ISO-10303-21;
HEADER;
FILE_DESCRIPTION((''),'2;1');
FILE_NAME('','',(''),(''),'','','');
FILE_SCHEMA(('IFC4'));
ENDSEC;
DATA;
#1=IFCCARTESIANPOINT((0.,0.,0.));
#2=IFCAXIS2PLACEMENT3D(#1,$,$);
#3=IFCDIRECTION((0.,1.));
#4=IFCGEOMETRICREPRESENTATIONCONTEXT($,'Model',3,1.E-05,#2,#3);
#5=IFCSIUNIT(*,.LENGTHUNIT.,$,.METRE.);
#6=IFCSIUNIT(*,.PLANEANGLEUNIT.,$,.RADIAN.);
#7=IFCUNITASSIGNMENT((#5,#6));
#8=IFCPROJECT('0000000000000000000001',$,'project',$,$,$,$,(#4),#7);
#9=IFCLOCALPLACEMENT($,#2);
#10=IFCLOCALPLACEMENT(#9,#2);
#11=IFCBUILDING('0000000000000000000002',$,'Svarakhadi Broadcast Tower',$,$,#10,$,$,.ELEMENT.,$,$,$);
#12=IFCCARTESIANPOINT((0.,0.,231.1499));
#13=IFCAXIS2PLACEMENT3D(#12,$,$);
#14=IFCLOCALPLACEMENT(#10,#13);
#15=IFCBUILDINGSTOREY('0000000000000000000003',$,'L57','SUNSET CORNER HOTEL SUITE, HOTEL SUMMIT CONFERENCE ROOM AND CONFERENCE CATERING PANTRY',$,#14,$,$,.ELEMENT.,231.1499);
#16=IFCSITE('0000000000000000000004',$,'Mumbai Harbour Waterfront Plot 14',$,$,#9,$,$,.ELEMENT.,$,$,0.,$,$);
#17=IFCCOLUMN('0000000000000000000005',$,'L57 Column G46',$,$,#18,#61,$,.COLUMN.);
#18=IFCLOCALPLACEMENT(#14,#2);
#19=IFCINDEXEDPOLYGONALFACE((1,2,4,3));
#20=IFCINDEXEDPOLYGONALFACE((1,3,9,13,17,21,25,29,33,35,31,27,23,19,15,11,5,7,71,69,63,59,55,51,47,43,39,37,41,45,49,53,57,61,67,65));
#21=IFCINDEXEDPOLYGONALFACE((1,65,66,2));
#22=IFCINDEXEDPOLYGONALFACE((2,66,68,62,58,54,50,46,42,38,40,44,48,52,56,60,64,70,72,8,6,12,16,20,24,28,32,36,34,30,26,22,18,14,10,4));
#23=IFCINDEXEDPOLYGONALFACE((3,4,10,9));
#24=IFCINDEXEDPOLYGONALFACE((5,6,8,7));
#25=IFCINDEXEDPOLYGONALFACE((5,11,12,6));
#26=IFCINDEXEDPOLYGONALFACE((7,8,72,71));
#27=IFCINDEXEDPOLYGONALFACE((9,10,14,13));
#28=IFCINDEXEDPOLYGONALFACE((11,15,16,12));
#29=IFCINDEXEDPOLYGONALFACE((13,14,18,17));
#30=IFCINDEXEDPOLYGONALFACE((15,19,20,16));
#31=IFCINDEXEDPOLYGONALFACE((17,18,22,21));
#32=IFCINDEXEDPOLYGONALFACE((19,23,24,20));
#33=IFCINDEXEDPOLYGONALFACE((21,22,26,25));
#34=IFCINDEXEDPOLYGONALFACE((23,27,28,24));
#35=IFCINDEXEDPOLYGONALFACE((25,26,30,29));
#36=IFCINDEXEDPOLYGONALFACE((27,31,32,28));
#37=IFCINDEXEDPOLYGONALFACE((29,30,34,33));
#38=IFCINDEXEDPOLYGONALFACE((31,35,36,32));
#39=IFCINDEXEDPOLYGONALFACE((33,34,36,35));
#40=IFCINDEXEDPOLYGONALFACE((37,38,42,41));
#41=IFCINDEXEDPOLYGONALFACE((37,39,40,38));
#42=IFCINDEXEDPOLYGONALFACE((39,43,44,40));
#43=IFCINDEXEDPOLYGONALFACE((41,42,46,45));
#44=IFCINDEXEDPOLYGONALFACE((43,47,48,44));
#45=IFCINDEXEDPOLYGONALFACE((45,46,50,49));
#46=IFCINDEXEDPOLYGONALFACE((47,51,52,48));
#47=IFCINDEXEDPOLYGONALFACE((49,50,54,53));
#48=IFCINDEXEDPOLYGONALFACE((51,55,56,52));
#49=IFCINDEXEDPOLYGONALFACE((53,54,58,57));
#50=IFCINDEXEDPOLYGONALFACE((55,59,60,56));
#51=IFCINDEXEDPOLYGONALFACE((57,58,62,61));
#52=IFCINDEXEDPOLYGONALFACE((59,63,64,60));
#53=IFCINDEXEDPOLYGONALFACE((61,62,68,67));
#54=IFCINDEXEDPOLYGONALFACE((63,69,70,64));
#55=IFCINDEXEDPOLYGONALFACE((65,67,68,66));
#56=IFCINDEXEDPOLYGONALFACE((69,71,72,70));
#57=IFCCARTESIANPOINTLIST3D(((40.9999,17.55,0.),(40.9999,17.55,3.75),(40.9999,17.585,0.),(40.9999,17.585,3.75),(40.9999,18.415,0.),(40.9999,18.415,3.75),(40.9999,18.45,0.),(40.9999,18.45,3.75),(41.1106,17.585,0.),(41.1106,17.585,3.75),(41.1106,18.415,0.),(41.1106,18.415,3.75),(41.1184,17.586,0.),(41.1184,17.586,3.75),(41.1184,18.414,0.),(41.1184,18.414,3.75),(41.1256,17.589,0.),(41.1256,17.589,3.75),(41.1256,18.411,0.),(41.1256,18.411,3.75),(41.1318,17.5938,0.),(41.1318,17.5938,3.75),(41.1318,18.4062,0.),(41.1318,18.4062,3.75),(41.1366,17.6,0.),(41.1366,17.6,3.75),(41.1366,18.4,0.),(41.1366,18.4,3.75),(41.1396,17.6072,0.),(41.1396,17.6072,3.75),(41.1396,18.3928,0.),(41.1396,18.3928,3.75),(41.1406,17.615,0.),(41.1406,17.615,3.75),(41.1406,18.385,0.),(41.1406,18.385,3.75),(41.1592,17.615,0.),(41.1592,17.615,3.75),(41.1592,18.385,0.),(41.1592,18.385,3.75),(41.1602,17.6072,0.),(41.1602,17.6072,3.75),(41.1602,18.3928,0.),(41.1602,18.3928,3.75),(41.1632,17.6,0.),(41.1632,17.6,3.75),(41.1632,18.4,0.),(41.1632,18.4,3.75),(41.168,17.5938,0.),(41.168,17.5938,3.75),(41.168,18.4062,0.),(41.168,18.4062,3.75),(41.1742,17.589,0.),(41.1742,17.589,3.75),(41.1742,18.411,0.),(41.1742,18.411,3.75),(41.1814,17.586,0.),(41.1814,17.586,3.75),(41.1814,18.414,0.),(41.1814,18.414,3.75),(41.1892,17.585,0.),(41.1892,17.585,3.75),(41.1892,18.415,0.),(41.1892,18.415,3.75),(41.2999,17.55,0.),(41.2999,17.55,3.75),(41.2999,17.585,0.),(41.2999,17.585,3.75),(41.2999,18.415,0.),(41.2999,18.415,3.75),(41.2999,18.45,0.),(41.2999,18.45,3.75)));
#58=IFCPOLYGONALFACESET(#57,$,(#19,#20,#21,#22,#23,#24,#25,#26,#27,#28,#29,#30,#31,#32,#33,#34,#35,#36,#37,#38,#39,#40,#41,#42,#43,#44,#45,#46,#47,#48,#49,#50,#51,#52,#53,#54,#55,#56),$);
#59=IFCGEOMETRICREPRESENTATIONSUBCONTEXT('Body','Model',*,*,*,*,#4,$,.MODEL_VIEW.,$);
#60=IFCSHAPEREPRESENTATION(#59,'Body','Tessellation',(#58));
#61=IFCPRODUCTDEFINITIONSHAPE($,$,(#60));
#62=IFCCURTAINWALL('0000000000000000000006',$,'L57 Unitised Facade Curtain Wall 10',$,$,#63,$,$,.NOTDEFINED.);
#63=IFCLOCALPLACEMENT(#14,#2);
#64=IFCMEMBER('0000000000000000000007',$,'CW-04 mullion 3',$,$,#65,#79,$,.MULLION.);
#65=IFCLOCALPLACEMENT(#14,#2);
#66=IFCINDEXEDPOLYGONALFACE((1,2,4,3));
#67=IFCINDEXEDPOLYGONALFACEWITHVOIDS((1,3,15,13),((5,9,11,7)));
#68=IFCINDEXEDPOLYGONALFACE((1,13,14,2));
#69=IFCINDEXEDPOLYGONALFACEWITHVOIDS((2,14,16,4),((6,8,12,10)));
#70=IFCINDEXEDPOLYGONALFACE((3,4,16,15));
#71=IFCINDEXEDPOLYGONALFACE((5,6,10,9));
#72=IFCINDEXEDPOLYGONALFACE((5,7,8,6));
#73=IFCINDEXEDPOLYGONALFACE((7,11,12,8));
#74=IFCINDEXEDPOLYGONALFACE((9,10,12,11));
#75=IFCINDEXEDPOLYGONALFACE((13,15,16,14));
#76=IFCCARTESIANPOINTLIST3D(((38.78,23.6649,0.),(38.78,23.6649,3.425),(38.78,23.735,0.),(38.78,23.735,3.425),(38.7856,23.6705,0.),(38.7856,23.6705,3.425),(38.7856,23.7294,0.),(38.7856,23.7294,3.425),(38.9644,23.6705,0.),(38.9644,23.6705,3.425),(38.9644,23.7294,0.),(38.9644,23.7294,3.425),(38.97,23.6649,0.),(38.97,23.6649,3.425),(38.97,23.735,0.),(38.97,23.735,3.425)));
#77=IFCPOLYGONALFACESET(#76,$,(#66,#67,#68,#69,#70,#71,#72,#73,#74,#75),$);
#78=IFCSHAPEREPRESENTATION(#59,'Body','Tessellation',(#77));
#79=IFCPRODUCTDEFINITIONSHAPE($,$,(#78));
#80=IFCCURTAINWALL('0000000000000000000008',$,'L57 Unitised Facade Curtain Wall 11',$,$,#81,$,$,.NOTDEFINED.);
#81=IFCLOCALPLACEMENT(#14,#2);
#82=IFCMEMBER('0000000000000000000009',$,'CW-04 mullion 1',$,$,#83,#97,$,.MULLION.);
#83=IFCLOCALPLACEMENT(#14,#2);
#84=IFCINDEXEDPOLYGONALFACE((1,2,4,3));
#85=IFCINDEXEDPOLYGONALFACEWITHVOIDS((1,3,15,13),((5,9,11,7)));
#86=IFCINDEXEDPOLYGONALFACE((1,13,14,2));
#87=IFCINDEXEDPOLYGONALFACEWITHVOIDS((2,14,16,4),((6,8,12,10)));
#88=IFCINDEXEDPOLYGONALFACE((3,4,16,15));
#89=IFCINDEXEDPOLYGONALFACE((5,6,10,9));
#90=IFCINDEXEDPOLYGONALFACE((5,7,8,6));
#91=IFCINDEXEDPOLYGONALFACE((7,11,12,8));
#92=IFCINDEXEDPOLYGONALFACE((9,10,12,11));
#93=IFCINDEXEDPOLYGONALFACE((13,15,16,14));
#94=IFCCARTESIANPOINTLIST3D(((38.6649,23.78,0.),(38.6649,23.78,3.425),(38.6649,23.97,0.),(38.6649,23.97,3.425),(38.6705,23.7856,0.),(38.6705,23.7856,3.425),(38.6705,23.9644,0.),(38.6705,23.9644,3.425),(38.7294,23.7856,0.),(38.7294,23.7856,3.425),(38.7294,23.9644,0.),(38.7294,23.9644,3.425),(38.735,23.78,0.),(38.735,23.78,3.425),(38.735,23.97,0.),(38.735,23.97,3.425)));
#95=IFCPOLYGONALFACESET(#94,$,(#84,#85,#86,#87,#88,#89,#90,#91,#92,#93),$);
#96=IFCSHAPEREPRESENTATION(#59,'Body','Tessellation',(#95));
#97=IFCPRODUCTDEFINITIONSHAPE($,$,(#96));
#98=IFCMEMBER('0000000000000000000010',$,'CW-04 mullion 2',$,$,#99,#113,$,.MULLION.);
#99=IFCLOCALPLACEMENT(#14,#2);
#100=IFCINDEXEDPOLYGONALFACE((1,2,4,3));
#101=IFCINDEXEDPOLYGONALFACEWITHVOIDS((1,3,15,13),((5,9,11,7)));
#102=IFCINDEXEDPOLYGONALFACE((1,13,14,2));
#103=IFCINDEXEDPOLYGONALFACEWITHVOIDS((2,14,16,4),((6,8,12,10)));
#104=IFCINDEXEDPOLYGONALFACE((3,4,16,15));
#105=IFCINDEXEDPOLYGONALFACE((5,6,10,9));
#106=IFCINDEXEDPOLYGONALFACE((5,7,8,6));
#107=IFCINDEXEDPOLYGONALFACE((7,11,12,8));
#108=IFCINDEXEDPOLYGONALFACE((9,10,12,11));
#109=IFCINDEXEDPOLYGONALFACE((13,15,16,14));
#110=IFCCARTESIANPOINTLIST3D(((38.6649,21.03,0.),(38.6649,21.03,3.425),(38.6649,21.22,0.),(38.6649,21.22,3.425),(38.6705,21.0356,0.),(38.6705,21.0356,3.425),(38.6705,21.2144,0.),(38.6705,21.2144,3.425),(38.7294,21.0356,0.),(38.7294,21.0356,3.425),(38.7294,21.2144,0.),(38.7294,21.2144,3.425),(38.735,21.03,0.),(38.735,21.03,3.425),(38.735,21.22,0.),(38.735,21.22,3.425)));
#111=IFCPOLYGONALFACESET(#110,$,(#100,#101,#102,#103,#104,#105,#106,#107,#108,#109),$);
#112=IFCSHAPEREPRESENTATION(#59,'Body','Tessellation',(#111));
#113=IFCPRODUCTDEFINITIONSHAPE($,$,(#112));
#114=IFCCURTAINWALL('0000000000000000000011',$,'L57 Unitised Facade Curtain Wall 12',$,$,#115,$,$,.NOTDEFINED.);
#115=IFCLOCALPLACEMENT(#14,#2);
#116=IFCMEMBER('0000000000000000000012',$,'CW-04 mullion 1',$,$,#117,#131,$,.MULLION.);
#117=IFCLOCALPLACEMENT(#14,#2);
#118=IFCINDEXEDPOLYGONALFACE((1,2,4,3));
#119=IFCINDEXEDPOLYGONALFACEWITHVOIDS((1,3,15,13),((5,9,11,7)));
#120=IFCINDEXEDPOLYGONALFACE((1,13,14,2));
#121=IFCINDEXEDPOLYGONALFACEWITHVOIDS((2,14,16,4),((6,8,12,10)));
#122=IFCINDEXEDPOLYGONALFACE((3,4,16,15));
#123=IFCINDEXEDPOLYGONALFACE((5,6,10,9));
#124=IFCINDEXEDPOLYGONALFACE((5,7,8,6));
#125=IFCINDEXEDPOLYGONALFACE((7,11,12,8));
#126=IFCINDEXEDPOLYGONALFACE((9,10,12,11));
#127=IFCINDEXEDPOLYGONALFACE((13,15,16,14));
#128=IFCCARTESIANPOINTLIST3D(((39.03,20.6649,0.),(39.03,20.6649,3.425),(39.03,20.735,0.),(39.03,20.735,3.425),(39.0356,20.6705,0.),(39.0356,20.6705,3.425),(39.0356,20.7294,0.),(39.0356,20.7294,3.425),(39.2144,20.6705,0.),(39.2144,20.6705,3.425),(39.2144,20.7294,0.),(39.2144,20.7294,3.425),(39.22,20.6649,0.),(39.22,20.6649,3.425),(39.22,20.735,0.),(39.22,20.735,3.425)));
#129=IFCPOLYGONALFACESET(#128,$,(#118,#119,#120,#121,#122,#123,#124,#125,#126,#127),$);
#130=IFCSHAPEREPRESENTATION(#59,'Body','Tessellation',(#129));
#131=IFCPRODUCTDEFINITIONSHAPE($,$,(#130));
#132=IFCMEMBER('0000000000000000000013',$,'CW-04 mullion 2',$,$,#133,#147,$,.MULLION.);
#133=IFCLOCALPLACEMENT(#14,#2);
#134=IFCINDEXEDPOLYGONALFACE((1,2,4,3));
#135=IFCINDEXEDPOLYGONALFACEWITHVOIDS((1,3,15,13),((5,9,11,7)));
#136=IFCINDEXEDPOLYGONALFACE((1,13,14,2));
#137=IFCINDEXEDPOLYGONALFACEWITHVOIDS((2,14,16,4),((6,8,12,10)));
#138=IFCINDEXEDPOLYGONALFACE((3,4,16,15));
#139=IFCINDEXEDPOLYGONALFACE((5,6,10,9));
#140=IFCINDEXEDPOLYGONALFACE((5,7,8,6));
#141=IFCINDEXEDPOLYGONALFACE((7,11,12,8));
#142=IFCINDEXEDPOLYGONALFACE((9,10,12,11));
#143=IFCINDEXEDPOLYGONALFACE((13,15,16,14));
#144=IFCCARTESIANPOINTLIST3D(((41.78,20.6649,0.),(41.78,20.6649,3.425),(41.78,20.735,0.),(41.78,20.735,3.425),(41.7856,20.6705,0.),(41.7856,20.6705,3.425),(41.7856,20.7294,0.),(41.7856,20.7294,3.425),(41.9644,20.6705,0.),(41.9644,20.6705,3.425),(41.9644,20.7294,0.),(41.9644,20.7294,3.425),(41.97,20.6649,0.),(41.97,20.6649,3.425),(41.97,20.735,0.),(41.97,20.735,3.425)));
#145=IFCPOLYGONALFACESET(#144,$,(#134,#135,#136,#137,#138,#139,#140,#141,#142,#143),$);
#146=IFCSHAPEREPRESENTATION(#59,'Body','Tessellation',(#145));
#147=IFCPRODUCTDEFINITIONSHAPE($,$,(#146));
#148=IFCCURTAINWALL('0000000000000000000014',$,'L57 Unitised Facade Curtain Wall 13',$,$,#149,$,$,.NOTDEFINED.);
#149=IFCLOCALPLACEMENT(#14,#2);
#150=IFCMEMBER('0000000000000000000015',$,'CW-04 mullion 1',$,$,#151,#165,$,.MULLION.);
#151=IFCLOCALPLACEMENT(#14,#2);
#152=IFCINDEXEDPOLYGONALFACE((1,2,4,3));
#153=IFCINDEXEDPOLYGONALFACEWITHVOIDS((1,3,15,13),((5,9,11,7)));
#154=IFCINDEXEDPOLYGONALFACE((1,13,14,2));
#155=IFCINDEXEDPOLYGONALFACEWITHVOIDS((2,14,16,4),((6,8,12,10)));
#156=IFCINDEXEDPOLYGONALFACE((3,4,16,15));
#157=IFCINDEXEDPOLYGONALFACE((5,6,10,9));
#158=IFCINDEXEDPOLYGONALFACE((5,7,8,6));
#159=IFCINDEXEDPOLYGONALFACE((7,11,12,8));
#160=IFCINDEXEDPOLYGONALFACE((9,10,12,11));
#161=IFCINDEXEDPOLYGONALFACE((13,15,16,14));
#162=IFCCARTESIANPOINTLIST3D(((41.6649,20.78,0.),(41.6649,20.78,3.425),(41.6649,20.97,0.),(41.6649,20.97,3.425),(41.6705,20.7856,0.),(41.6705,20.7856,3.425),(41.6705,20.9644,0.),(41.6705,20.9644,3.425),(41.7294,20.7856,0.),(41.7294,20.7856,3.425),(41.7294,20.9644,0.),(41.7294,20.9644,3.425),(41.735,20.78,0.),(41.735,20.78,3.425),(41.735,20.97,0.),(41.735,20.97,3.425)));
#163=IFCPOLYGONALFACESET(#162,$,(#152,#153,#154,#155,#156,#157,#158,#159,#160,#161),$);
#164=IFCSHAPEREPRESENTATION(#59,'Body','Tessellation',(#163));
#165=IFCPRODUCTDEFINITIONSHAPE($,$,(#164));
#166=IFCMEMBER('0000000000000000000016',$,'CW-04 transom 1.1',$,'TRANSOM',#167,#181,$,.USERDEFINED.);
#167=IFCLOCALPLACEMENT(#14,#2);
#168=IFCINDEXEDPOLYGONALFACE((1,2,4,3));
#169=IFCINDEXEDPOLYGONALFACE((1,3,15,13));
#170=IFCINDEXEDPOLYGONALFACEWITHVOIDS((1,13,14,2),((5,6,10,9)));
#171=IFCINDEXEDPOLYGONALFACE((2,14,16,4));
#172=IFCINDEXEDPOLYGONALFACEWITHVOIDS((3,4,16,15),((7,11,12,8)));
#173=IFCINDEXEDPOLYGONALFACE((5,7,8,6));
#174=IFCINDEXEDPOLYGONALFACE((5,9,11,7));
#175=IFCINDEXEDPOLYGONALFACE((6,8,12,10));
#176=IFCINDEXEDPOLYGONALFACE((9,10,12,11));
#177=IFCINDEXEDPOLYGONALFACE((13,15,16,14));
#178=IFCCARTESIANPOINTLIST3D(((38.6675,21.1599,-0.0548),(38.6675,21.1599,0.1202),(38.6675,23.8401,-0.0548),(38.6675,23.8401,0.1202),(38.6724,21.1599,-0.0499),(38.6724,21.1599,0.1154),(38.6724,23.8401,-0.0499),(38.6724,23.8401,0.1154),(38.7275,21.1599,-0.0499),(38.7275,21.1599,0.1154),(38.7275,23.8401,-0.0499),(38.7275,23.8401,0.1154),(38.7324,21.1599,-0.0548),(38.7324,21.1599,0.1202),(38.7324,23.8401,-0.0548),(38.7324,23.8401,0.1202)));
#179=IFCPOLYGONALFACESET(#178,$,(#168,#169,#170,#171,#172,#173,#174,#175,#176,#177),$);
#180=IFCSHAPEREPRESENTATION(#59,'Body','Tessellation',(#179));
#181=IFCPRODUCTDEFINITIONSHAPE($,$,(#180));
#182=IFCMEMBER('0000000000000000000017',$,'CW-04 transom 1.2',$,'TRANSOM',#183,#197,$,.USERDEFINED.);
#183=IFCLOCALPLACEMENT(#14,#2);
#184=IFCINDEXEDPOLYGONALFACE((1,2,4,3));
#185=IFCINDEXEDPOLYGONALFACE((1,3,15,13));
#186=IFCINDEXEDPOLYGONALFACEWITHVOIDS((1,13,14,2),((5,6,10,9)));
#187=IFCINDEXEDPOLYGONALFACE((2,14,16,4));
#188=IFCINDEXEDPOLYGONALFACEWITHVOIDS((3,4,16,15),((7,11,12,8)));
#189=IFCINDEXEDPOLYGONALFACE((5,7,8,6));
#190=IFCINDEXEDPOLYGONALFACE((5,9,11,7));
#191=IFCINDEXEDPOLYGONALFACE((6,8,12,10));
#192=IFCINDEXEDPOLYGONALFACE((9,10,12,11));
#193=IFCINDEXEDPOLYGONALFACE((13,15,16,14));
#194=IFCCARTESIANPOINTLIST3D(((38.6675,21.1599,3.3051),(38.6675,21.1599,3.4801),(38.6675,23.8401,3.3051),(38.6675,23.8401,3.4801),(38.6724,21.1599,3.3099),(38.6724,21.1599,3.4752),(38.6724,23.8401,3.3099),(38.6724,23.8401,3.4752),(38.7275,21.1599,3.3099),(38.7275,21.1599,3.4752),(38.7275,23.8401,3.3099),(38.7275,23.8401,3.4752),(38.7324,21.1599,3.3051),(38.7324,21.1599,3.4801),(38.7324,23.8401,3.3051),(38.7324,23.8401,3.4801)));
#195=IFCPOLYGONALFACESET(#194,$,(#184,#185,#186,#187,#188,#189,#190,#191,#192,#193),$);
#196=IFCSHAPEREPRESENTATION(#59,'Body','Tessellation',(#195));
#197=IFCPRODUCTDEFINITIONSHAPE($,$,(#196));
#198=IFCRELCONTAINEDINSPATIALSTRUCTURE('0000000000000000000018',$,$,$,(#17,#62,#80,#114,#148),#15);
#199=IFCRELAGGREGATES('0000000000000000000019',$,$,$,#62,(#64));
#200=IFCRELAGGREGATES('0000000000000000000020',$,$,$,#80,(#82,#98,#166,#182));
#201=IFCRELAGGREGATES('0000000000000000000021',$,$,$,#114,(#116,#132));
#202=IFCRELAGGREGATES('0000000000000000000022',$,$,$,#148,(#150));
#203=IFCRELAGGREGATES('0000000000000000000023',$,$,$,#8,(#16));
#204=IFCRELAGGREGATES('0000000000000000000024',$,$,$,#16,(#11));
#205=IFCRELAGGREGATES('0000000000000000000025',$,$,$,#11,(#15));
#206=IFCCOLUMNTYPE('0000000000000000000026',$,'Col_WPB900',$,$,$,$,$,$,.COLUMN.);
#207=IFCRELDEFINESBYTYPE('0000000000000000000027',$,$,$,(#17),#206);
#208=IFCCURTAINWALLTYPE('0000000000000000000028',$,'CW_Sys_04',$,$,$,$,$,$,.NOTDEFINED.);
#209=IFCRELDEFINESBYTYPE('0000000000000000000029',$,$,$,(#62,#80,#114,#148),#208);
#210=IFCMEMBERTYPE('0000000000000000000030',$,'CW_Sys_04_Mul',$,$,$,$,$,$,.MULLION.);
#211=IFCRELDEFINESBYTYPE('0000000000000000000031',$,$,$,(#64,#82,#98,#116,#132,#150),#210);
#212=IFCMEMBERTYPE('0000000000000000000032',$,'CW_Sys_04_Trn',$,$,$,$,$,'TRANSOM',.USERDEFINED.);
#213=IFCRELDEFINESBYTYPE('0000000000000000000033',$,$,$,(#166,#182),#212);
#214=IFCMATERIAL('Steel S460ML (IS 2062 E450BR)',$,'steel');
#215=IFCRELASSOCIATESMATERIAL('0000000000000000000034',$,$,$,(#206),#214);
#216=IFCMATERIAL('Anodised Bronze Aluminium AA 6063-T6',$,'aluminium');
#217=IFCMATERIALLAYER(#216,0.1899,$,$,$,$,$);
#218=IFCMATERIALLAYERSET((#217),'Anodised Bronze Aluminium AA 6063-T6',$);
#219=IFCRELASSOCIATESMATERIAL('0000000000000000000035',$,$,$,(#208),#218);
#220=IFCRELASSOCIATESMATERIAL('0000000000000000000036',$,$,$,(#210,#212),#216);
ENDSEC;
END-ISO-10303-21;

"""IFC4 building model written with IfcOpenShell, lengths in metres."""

from ifc_helpers import new_model, si_unit, direction, frame, origin, origin_2d, place, context, subcontext, project, spatial, hollow_rectangle, i_section, extrude, material, layer, layer_set, material_profile, profile_set, type_object, element, aggregate, save


model = new_model("IFC4")

# Units and contexts
model_context = context("Model", 3, precision=1e-05, world=origin(), true_north=direction((0.0, 1.0)))
body_context = subcontext(model_context, "Body", "Model", "MODEL_VIEW")
ifc_project = project(units=[si_unit("LENGTHUNIT", "METRE"), si_unit("PLANEANGLEUNIT", "RADIAN")], contexts=[model_context])

# Site, building, storey
site_placement = place(None, origin())
site = spatial("IfcSite", under=ifc_project, at=site_placement, Name="Mumbai Harbour Waterfront Plot 14", CompositionType="ELEMENT", RefElevation=0.0)
building_placement = place(site_placement, origin())
building = spatial("IfcBuilding", under=site, at=building_placement, Name="Svarakhadi Broadcast Tower", CompositionType="ELEMENT")
storey_placement = place(building_placement, frame((0.0, 0.0, 231.1499)))
storey = spatial("IfcBuildingStorey", under=building, at=storey_placement, Name="L57", Description="SUNSET CORNER HOTEL SUITE, HOTEL SUMMIT CONFERENCE ROOM AND CONFERENCE CATERING PANTRY", CompositionType="ELEMENT", Elevation=231.1499)

# Column
ifc_material_1 = material(Name="Steel S460ML (IS 2062 E450BR)", Category="steel")
ifc_material_profile_1 = material_profile(ifc_material_1, i_section(OverallWidth=0.3, OverallDepth=0.8999, WebThickness=0.0186, FlangeThickness=0.0349, FilletRadius=0.03, at=origin_2d()), Name="WPB 900x300x291")
ifc_profile_set_1 = profile_set([ifc_material_profile_1], Name="Steel S460ML (IS 2062 E450BR)")
column_type = type_object("IfcColumnType", Name="Col_WPB900", PredefinedType="COLUMN", material=ifc_profile_set_1)
column_placement = place(storey_placement, frame((41.1499, 18.0, 0.0), z_axis=(0.0, 0.0, 1.0), x_axis=(1.0, 0.0, 0.0)))
element("IfcColumn", 1, at=column_placement, inside=storey, type_object=column_type, Name="L57 Column G46", PredefinedType="COLUMN", context=body_context, shape_type="SweptSolid", body=[
    extrude(i_section(OverallWidth=0.3, OverallDepth=0.8999, WebThickness=0.0186, FlangeThickness=0.0349, FilletRadius=0.03, at=origin_2d()), origin(), (0.0, 0.0, 1.0), 3.75),
])

# Curtain wall, member
ifc_material_2 = material(Name="Anodised Bronze Aluminium AA 6063-T6", Category="aluminium")
ifc_layer_1 = layer(ifc_material_2, 0.1899)
ifc_layer_set_1 = layer_set([ifc_layer_1], Name="Anodised Bronze Aluminium AA 6063-T6")
curtain_wall_type = type_object("IfcCurtainWallType", Name="CW_Sys_04", PredefinedType="NOTDEFINED", material=ifc_layer_set_1)
curtain_wall_1_placement = place(storey_placement, origin())
curtain_wall_1 = element("IfcCurtainWall", 2, at=curtain_wall_1_placement, inside=storey, type_object=curtain_wall_type, Name="L57 Unitised Facade Curtain Wall 10", PredefinedType="NOTDEFINED")
ifc_material_profile_2 = material_profile(ifc_material_2, hollow_rectangle(XDim=0.0701, YDim=0.1899, WallThickness=0.0056, at=origin_2d()), Name="ALU MULLION 190x70x6")
ifc_profile_set_2 = profile_set([ifc_material_profile_2], Name="Anodised Bronze Aluminium AA 6063-T6")
member_type_1 = type_object("IfcMemberType", Name="CW_Sys_04_Mul", PredefinedType="MULLION", material=ifc_profile_set_2)
member_1_placement = place(storey_placement, frame((38.875, 23.7, 0.0), z_axis=(0.0, 0.0, 1.0), x_axis=(0.0, 1.0, 0.0)))
member_1 = element("IfcMember", 3, at=member_1_placement, type_object=member_type_1, Name="CW-04 mullion 3", PredefinedType="MULLION", context=body_context, shape_type="SweptSolid", body=[
    extrude(hollow_rectangle(XDim=0.0701, YDim=0.1899, WallThickness=0.0056, at=origin_2d()), origin(), (0.0, 0.0, 1.0), 3.425),
])
aggregate(curtain_wall_1, [member_1])

# Curtain walls, members
curtain_wall_2_placement = place(storey_placement, origin())
curtain_wall_2 = element("IfcCurtainWall", 4, at=curtain_wall_2_placement, inside=storey, type_object=curtain_wall_type, Name="L57 Unitised Facade Curtain Wall 11", PredefinedType="NOTDEFINED")
member_2_placement = place(storey_placement, frame((38.7, 23.875, 0.0), z_axis=(0.0, 0.0, 1.0), x_axis=(1.0, 0.0, 0.0)))
member_2 = element("IfcMember", 5, at=member_2_placement, type_object=member_type_1, Name="CW-04 mullion 1", PredefinedType="MULLION", context=body_context, shape_type="SweptSolid", body=[
    extrude(hollow_rectangle(XDim=0.0701, YDim=0.1899, WallThickness=0.0056, at=origin_2d()), origin(), (0.0, 0.0, 1.0), 3.425),
])
member_3_placement = place(storey_placement, frame((38.7, 21.125, 0.0), z_axis=(0.0, 0.0, 1.0), x_axis=(1.0, 0.0, 0.0)))
member_3 = element("IfcMember", 6, at=member_3_placement, type_object=member_type_1, Name="CW-04 mullion 2", PredefinedType="MULLION", context=body_context, shape_type="SweptSolid", body=[
    extrude(hollow_rectangle(XDim=0.0701, YDim=0.1899, WallThickness=0.0056, at=origin_2d()), origin(), (0.0, 0.0, 1.0), 3.425),
])
curtain_wall_3_placement = place(storey_placement, origin())
curtain_wall_3 = element("IfcCurtainWall", 7, at=curtain_wall_3_placement, inside=storey, type_object=curtain_wall_type, Name="L57 Unitised Facade Curtain Wall 12", PredefinedType="NOTDEFINED")
member_4_placement = place(storey_placement, frame((39.125, 20.7, 0.0), z_axis=(0.0, 0.0, 1.0), x_axis=(0.0, 1.0, 0.0)))
member_4 = element("IfcMember", 8, at=member_4_placement, type_object=member_type_1, Name="CW-04 mullion 1", PredefinedType="MULLION", context=body_context, shape_type="SweptSolid", body=[
    extrude(hollow_rectangle(XDim=0.0701, YDim=0.1899, WallThickness=0.0056, at=origin_2d()), origin(), (0.0, 0.0, 1.0), 3.425),
])
member_5_placement = place(storey_placement, frame((41.875, 20.7, 0.0), z_axis=(0.0, 0.0, 1.0), x_axis=(0.0, 1.0, 0.0)))
member_5 = element("IfcMember", 9, at=member_5_placement, type_object=member_type_1, Name="CW-04 mullion 2", PredefinedType="MULLION", context=body_context, shape_type="SweptSolid", body=[
    extrude(hollow_rectangle(XDim=0.0701, YDim=0.1899, WallThickness=0.0056, at=origin_2d()), origin(), (0.0, 0.0, 1.0), 3.425),
])

# Curtain wall, member
curtain_wall_4_placement = place(storey_placement, origin())
curtain_wall_4 = element("IfcCurtainWall", 10, at=curtain_wall_4_placement, inside=storey, type_object=curtain_wall_type, Name="L57 Unitised Facade Curtain Wall 13", PredefinedType="NOTDEFINED")
member_6_placement = place(storey_placement, frame((41.7, 20.875, 0.0), z_axis=(0.0, 0.0, 1.0), x_axis=(1.0, 0.0, 0.0)))
member_6 = element("IfcMember", 11, at=member_6_placement, type_object=member_type_1, Name="CW-04 mullion 1", PredefinedType="MULLION", context=body_context, shape_type="SweptSolid", body=[
    extrude(hollow_rectangle(XDim=0.0701, YDim=0.1899, WallThickness=0.0056, at=origin_2d()), origin(), (0.0, 0.0, 1.0), 3.425),
])

# Members
ifc_material_profile_3 = material_profile(ifc_material_2, hollow_rectangle(XDim=0.0649, YDim=0.175, WallThickness=0.0049, at=origin_2d()), Name="ALU TRANSOM 175x65x5")
ifc_profile_set_3 = profile_set([ifc_material_profile_3], Name="Anodised Bronze Aluminium AA 6063-T6")
member_type_2 = type_object("IfcMemberType", Name="CW_Sys_04_Trn", ElementType="TRANSOM", PredefinedType="USERDEFINED", material=ifc_profile_set_3)
member_7_placement = place(storey_placement, frame((38.7, 23.8401, 0.0327), z_axis=(0.0, -1.0, 0.0), x_axis=(1.0, 0.0, 0.0)))
member_7 = element("IfcMember", 12, at=member_7_placement, type_object=member_type_2, Name="CW-04 transom 1.1", ObjectType="TRANSOM", PredefinedType="USERDEFINED", context=body_context, shape_type="SweptSolid", body=[
    extrude(hollow_rectangle(XDim=0.0649, YDim=0.175, WallThickness=0.0049, at=origin_2d()), origin(), (0.0, 0.0, 1.0), 2.6802),
])
member_8_placement = place(storey_placement, frame((38.7, 23.8401, 3.3926), z_axis=(0.0, -1.0, 0.0), x_axis=(1.0, 0.0, 0.0)))
member_8 = element("IfcMember", 13, at=member_8_placement, type_object=member_type_2, Name="CW-04 transom 1.2", ObjectType="TRANSOM", PredefinedType="USERDEFINED", context=body_context, shape_type="SweptSolid", body=[
    extrude(hollow_rectangle(XDim=0.0649, YDim=0.175, WallThickness=0.0049, at=origin_2d()), origin(), (0.0, 0.0, 1.0), 2.6802),
])

aggregate(curtain_wall_2, [member_2, member_3, member_7, member_8])
aggregate(curtain_wall_3, [member_4, member_5])
aggregate(curtain_wall_4, [member_6])

save(model, "model.ifc")
